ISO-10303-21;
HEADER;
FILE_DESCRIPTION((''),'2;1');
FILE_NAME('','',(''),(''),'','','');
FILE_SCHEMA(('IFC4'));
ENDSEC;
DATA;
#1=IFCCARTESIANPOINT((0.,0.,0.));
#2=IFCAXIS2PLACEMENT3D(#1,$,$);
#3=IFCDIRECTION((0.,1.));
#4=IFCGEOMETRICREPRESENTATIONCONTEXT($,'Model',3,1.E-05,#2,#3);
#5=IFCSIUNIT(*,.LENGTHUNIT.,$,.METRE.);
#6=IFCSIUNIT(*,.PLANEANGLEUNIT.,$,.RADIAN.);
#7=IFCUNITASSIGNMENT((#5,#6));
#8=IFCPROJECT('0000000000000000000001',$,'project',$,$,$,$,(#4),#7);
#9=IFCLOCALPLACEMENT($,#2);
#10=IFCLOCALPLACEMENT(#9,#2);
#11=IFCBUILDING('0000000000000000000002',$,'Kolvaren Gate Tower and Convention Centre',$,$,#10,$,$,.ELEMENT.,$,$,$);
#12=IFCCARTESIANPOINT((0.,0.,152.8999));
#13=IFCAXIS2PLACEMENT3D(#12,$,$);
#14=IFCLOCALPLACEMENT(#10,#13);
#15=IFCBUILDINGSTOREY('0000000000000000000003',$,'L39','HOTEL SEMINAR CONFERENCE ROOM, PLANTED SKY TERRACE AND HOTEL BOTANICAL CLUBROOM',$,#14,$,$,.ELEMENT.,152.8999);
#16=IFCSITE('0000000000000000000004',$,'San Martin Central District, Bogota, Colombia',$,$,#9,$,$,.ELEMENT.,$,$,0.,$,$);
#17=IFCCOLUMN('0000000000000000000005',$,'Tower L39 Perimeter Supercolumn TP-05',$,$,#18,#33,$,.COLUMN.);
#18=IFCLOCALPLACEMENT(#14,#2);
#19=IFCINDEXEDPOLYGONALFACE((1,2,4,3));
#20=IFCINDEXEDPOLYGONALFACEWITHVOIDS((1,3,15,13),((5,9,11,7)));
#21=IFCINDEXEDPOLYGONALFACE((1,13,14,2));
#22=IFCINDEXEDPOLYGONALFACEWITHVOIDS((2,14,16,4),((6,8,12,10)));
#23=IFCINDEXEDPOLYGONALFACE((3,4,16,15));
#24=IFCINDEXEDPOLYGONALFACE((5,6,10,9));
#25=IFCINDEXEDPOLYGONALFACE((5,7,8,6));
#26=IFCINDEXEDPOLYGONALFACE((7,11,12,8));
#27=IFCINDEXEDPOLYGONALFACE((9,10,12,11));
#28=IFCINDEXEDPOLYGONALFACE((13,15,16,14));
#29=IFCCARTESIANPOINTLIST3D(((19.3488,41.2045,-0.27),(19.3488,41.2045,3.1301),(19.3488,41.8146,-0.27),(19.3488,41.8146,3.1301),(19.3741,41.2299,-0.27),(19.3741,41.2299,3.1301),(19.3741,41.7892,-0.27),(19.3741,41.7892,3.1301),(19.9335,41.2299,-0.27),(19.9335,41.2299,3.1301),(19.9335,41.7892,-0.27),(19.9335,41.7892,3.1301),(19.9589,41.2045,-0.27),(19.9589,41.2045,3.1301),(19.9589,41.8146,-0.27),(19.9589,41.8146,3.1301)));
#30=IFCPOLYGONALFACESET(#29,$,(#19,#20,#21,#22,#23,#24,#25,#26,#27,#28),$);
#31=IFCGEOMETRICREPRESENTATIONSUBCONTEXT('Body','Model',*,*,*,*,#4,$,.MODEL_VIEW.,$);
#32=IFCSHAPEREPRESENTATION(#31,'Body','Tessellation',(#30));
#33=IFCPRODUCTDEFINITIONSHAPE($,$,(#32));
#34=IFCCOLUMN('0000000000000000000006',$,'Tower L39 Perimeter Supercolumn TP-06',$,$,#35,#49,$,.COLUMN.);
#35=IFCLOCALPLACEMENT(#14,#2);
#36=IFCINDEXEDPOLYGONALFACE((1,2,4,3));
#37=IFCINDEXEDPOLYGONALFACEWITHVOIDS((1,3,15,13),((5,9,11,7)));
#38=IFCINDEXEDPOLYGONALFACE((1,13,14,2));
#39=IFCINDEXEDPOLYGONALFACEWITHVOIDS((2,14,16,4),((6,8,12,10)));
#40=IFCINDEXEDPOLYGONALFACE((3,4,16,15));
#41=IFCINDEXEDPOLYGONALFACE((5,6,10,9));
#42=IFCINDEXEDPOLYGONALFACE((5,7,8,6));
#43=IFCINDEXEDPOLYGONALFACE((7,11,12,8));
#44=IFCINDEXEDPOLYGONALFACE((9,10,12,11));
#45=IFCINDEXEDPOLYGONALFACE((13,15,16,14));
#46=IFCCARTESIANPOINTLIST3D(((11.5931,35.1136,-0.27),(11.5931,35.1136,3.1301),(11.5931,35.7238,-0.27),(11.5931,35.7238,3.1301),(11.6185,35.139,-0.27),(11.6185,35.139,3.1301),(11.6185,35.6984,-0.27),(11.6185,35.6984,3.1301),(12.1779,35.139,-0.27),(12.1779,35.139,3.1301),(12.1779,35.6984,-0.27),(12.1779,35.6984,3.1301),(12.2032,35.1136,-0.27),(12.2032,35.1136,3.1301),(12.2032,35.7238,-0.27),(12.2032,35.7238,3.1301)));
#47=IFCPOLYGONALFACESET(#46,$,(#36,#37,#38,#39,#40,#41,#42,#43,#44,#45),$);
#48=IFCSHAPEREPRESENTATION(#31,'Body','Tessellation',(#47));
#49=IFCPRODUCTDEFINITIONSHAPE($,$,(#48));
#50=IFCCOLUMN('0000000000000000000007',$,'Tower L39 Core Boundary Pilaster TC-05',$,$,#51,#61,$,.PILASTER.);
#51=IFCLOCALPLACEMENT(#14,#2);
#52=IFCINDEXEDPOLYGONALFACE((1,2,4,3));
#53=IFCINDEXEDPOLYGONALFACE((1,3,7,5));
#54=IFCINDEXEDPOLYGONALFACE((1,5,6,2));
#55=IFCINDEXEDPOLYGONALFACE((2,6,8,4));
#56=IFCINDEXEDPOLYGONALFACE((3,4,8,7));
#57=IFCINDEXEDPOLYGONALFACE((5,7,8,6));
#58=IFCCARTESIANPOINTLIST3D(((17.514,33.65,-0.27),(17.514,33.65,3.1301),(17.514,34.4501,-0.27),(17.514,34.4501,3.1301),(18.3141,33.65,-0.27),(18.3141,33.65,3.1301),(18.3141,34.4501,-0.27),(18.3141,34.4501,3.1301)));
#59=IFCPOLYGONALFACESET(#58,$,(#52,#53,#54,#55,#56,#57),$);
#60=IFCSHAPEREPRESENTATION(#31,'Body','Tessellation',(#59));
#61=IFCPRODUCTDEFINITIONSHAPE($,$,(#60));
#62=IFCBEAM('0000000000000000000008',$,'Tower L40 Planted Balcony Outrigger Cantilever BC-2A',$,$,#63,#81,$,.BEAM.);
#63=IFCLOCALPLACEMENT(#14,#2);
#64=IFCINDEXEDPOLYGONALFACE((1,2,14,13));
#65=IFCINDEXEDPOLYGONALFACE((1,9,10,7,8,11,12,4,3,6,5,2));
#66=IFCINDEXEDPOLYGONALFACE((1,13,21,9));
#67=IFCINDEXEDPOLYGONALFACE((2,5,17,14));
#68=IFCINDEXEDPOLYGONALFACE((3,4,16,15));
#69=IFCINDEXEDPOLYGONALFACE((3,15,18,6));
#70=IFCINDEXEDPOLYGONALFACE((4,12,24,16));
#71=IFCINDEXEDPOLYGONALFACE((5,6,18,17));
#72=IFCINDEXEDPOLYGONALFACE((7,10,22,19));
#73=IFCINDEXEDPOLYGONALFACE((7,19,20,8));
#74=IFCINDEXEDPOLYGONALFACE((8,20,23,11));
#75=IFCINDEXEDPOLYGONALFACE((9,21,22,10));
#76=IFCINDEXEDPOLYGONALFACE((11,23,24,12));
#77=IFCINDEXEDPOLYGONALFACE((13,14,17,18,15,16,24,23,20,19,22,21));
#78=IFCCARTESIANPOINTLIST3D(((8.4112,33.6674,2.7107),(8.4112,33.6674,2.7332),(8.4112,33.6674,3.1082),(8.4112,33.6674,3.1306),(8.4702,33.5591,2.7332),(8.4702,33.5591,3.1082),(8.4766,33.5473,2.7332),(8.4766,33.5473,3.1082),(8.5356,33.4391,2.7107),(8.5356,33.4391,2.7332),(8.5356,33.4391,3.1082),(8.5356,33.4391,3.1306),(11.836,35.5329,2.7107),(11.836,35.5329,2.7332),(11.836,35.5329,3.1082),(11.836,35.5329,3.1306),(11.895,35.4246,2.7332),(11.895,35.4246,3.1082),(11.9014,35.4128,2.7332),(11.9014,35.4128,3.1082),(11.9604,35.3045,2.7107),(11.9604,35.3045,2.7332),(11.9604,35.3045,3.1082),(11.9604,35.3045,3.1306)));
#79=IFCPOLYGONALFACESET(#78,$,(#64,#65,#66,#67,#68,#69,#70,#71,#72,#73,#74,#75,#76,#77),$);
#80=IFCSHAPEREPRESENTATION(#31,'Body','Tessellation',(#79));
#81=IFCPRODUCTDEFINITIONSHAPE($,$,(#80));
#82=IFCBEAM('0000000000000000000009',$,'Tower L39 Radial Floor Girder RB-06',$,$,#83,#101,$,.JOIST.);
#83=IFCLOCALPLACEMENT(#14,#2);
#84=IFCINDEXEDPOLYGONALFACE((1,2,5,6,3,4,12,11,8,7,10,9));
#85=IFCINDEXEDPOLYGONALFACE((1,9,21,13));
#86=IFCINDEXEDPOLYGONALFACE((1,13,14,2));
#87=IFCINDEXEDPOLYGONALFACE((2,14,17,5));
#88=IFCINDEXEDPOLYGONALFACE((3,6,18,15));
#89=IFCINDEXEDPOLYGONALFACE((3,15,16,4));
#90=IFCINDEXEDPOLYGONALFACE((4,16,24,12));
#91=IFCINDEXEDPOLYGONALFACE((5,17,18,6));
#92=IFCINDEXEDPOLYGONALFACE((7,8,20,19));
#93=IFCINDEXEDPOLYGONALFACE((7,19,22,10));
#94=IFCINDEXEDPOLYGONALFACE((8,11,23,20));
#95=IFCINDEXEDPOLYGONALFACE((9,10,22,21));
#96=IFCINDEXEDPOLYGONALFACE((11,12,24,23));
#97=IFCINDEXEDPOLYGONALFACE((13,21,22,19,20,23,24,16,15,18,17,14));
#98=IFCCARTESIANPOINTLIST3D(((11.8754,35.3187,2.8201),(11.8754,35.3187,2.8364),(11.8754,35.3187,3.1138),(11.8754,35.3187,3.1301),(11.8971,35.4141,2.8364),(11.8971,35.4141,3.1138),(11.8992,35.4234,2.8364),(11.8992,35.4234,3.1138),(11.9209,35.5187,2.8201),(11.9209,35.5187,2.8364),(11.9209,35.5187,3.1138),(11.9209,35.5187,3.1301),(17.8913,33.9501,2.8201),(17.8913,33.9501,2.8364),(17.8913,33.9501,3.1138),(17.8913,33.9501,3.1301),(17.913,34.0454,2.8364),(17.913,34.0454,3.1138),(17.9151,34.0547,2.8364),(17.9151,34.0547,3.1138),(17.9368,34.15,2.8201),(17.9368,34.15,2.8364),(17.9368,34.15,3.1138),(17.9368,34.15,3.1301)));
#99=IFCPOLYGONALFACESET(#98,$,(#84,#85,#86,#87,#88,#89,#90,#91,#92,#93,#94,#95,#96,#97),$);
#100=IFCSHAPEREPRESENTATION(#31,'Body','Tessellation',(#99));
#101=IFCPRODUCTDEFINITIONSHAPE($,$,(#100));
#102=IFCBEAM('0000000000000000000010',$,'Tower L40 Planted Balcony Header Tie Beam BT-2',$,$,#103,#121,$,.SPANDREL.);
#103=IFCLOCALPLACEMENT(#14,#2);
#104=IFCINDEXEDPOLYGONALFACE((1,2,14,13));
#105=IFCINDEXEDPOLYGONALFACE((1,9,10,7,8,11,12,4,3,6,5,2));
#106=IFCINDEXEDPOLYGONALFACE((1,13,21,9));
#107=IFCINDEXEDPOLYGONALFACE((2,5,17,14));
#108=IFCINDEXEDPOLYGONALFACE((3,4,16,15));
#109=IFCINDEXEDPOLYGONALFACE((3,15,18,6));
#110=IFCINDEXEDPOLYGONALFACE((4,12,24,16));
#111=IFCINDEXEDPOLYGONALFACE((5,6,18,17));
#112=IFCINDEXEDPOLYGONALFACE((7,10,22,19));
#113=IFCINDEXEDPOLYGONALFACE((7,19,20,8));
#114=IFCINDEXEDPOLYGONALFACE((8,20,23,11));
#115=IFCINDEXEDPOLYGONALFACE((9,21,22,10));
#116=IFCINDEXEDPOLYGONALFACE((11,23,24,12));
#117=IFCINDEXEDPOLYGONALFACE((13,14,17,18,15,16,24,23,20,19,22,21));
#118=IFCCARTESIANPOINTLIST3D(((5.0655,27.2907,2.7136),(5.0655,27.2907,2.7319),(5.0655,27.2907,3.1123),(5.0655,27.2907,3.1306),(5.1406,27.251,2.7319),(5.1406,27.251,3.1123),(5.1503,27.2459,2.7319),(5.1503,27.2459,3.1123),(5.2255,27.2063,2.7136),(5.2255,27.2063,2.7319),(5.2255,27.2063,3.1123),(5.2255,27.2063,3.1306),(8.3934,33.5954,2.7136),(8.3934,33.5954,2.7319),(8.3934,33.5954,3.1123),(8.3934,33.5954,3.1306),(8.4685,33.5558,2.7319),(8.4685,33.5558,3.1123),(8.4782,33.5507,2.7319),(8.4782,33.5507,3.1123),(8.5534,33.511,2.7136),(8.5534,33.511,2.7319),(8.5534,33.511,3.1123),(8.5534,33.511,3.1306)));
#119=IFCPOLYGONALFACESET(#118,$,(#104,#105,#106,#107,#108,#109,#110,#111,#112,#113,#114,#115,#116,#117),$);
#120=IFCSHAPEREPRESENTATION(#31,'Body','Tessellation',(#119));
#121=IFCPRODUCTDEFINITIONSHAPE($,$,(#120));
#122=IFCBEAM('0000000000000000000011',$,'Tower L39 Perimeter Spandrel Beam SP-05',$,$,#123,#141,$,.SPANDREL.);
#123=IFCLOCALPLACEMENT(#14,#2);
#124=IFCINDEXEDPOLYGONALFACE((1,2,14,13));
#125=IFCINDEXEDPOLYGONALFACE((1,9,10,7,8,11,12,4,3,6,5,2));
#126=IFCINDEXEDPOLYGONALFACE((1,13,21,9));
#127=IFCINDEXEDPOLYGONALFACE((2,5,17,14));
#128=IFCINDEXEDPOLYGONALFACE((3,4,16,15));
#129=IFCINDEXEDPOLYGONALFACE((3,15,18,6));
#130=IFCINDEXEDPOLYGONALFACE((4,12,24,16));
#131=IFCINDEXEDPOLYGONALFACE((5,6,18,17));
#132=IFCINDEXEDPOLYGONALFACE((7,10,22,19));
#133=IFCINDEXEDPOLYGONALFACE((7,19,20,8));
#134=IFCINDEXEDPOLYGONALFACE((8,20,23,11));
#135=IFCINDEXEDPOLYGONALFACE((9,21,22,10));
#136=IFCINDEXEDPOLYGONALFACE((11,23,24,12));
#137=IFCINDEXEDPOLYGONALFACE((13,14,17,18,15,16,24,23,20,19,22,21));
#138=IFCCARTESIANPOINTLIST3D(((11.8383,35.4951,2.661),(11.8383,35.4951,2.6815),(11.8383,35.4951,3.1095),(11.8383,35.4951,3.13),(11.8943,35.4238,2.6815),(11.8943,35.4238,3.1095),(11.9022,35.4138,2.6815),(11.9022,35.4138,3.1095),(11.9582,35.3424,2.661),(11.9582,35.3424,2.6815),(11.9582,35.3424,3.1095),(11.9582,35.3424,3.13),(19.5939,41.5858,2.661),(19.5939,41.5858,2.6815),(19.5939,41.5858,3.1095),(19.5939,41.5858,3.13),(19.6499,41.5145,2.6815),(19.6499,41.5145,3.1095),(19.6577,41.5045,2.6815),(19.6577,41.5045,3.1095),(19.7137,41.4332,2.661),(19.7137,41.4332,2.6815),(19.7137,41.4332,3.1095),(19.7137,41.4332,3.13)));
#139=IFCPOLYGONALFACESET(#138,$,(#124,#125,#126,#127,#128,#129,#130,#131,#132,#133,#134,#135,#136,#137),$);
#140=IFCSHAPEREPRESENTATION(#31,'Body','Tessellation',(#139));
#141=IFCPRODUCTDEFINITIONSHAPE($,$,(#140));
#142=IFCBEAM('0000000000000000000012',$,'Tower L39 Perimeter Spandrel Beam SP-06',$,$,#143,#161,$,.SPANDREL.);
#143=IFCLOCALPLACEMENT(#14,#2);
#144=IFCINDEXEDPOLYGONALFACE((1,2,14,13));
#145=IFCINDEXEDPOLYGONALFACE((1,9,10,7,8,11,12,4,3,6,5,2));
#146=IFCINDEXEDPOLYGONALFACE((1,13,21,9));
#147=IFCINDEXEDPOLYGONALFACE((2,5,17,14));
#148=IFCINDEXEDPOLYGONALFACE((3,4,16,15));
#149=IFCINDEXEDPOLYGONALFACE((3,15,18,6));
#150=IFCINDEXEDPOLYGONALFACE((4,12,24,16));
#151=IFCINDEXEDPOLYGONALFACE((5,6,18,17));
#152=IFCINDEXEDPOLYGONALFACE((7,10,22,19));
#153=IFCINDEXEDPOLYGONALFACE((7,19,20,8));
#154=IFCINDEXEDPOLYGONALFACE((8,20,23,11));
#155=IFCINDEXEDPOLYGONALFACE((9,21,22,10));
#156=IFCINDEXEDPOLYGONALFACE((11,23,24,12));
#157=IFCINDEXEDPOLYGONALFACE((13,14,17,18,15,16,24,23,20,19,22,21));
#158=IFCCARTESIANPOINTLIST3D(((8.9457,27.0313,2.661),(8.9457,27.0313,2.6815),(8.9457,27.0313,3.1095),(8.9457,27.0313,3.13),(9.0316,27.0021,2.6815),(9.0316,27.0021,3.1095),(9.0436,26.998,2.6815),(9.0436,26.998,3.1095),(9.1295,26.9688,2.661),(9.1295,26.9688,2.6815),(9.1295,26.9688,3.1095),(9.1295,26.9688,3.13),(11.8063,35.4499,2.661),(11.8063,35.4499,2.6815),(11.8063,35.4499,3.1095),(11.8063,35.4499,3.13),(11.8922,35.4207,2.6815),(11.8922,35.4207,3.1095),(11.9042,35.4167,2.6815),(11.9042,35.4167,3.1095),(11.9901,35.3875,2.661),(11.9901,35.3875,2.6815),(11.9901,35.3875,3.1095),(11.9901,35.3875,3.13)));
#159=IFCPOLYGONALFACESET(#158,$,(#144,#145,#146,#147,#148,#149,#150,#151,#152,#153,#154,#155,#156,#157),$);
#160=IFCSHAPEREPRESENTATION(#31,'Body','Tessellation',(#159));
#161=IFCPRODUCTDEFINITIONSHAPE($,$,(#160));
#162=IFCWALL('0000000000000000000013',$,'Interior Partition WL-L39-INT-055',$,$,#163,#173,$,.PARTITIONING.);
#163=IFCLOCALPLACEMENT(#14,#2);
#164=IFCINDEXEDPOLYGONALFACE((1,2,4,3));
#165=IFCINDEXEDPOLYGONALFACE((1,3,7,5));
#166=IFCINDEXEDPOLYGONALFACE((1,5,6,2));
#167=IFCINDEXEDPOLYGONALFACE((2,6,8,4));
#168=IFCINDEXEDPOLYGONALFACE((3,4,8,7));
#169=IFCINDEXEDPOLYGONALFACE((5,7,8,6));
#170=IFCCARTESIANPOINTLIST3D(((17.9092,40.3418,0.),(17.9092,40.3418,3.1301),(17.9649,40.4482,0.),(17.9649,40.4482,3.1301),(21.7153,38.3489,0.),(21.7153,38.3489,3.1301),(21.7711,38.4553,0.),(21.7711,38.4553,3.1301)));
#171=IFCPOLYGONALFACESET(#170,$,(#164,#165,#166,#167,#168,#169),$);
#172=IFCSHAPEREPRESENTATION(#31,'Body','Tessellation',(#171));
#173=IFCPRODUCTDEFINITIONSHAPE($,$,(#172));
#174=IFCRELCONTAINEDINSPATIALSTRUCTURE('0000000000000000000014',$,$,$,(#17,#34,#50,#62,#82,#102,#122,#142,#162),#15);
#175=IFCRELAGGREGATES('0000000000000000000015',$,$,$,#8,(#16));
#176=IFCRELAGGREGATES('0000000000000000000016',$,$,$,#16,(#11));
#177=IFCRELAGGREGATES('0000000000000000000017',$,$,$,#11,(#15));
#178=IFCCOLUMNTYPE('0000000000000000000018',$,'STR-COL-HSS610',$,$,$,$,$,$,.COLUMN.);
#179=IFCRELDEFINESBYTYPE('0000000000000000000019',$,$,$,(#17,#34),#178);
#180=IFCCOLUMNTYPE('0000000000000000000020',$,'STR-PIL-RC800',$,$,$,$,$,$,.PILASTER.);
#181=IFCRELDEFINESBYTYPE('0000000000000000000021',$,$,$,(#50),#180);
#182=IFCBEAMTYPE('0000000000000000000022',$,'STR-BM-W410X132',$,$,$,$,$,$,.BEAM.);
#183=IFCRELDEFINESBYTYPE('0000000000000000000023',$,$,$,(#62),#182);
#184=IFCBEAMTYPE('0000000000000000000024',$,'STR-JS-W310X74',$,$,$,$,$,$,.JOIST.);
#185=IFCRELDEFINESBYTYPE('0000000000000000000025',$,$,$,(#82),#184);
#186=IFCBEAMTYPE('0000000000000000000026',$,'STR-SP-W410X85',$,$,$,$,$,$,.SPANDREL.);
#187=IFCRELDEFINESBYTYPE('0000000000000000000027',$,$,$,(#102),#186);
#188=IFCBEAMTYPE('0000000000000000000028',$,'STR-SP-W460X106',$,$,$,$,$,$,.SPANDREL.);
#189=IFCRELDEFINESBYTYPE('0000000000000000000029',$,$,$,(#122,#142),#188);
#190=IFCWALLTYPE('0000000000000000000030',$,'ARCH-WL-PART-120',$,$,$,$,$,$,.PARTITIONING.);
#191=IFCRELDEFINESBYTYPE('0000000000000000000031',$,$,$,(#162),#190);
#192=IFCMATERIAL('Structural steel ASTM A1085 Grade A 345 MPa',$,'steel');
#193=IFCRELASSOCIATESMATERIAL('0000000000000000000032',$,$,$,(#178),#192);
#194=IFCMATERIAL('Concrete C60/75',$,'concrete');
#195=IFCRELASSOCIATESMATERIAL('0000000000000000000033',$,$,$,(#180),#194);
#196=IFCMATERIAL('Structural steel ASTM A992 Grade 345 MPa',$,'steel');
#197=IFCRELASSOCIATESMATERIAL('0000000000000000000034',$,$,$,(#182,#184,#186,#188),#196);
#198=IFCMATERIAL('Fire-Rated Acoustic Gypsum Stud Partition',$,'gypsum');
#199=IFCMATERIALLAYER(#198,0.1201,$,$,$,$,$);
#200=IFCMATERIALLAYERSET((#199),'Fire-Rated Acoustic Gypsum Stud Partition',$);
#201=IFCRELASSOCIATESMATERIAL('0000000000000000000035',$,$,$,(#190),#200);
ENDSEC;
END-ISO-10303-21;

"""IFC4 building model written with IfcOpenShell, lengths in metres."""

from ifc_helpers import new_model, si_unit, direction, frame, frame_2d, origin, origin_2d, place, context, subcontext, project, spatial, rectangle, hollow_rectangle, i_section, extrude, material, layer, layer_set, material_profile, profile_set, type_object, element, save


model = new_model("IFC4")

# Units and contexts
model_context = context("Model", 3, precision=1e-05, world=origin(), true_north=direction((0.0, 1.0)))
body_context = subcontext(model_context, "Body", "Model", "MODEL_VIEW")
ifc_project = project(units=[si_unit("LENGTHUNIT", "METRE"), si_unit("PLANEANGLEUNIT", "RADIAN")], contexts=[model_context])

# Site, building, storey
site_placement = place(None, origin())
site = spatial("IfcSite", under=ifc_project, at=site_placement, Name="San Martin Central District, Bogota, Colombia", CompositionType="ELEMENT", RefElevation=0.0)
building_placement = place(site_placement, origin())
building = spatial("IfcBuilding", under=site, at=building_placement, Name="Kolvaren Gate Tower and Convention Centre", CompositionType="ELEMENT")
storey_placement = place(building_placement, frame((0.0, 0.0, 152.8999)))
storey = spatial("IfcBuildingStorey", under=building, at=storey_placement, Name="L39", Description="HOTEL SEMINAR CONFERENCE ROOM, PLANTED SKY TERRACE AND HOTEL BOTANICAL CLUBROOM", CompositionType="ELEMENT", Elevation=152.8999)

# Columns
ifc_material_1 = material(Name="Structural steel ASTM A1085 Grade A 345 MPa", Category="steel")
ifc_material_profile_1 = material_profile(ifc_material_1, hollow_rectangle(XDim=0.6101, YDim=0.6101, WallThickness=0.0254, at=origin_2d()), Name="HSS610X610X25.4")
ifc_profile_set_1 = profile_set([ifc_material_profile_1], Name="Structural steel ASTM A1085 Grade A 345 MPa")
column_type_1 = type_object("IfcColumnType", Name="STR-COL-HSS610", PredefinedType="COLUMN", material=ifc_profile_set_1)
for number, where, z_axis, x_axis, name in (
    (1, (19.6538, 41.5095, -0.27), (0.0, 0.0, 1.0), (1.0, 0.0, 0.0), "Tower L39 Perimeter Supercolumn TP-05"),
    (2, (11.8982, 35.4187, -0.27), (0.0, 0.0, 1.0), (1.0, 0.0, 0.0), "Tower L39 Perimeter Supercolumn TP-06"),
):
    element("IfcColumn", number, at=place(storey_placement, frame(where, z_axis=z_axis, x_axis=x_axis)), inside=storey, type_object=column_type_1, Name=name, PredefinedType="COLUMN", context=body_context, shape_type="SweptSolid", body=[
        extrude(hollow_rectangle(XDim=0.6101, YDim=0.6101, WallThickness=0.0254, at=origin_2d()), origin(), (0.0, 0.0, 1.0), 3.4001),
    ])
ifc_material_2 = material(Name="Concrete C60/75", Category="concrete")
ifc_material_profile_2 = material_profile(ifc_material_2, rectangle(XDim=0.8, YDim=0.8, at=origin_2d()), Name="RC-COL-800X800")
ifc_profile_set_2 = profile_set([ifc_material_profile_2], Name="Concrete C60/75")
column_type_2 = type_object("IfcColumnType", Name="STR-PIL-RC800", PredefinedType="PILASTER", material=ifc_profile_set_2)
column_placement = place(storey_placement, frame((17.9141, 34.05, -0.27), z_axis=(0.0, 0.0, 1.0), x_axis=(1.0, 0.0, 0.0)))
element("IfcColumn", 3, at=column_placement, inside=storey, type_object=column_type_2, Name="Tower L39 Core Boundary Pilaster TC-05", PredefinedType="PILASTER", context=body_context, shape_type="SweptSolid", body=[
    extrude(rectangle(XDim=0.8, YDim=0.8, at=origin_2d()), origin(), (0.0, 0.0, 1.0), 3.4001),
])

# Beams
ifc_material_3 = material(Name="Structural steel ASTM A992 Grade 345 MPa", Category="steel")
ifc_material_profile_3 = material_profile(ifc_material_3, i_section(OverallWidth=0.26, OverallDepth=0.4199, WebThickness=0.0134, FlangeThickness=0.0225, at=origin_2d()), Name="W410X132")
ifc_profile_set_3 = profile_set([ifc_material_profile_3], Name="Structural steel ASTM A992 Grade 345 MPa")
beam_type_1 = type_object("IfcBeamType", Name="STR-BM-W410X132", PredefinedType="BEAM", material=ifc_profile_set_3)
beam_1_placement = place(storey_placement, frame((11.8982, 35.4187, 2.9207), z_axis=(-0.878175, -0.478339, 0.0), x_axis=(0.478339, -0.878175, 0.0)))
element("IfcBeam", 4, at=beam_1_placement, inside=storey, type_object=beam_type_1, Name="Tower L40 Planted Balcony Outrigger Cantilever BC-2A", PredefinedType="BEAM", context=body_context, shape_type="SweptSolid", body=[
    extrude(i_section(OverallWidth=0.26, OverallDepth=0.4199, WebThickness=0.0134, FlangeThickness=0.0225, at=origin_2d()), origin(), (0.0, 0.0, 1.0), 3.8999),
])
ifc_material_profile_4 = material_profile(ifc_material_3, i_section(OverallWidth=0.2051, OverallDepth=0.3101, WebThickness=0.0095, FlangeThickness=0.0164, at=origin_2d()), Name="W310X74")
ifc_profile_set_4 = profile_set([ifc_material_profile_4], Name="Structural steel ASTM A992 Grade 345 MPa")
beam_type_2 = type_object("IfcBeamType", Name="STR-JS-W310X74", PredefinedType="JOIST", material=ifc_profile_set_4)
beam_2_placement = place(storey_placement, frame((17.9141, 34.05, 2.9751), z_axis=(-0.975083, 0.221838, 0.0), x_axis=(-0.221838, -0.975083, 0.0)))
element("IfcBeam", 5, at=beam_2_placement, inside=storey, type_object=beam_type_2, Name="Tower L39 Radial Floor Girder RB-06", PredefinedType="JOIST", context=body_context, shape_type="SweptSolid", body=[
    extrude(i_section(OverallWidth=0.2051, OverallDepth=0.3101, WebThickness=0.0095, FlangeThickness=0.0164, at=origin_2d()), origin(), (0.0, 0.0, 1.0), 6.1697),
])
ifc_material_profile_5 = material_profile(ifc_material_3, i_section(OverallWidth=0.1809, OverallDepth=0.417, WebThickness=0.011, FlangeThickness=0.0183, at=origin_2d()), Name="W410X85")
ifc_profile_set_5 = profile_set([ifc_material_profile_5], Name="Structural steel ASTM A992 Grade 345 MPa")
beam_type_3 = type_object("IfcBeamType", Name="STR-SP-W410X85", PredefinedType="SPANDREL", material=ifc_profile_set_5)
beam_3_placement = place(storey_placement, frame((8.4734, 33.5532, 2.9221), z_axis=(-0.466803, -0.884361, 0.0), x_axis=(0.884361, -0.466803, 0.0)))
element("IfcBeam", 6, at=beam_3_placement, inside=storey, type_object=beam_type_3, Name="Tower L40 Planted Balcony Header Tie Beam BT-2", PredefinedType="SPANDREL", context=body_context, shape_type="SweptSolid", body=[
    extrude(i_section(OverallWidth=0.1809, OverallDepth=0.417, WebThickness=0.011, FlangeThickness=0.0183, at=origin_2d()), origin(), (0.0, 0.0, 1.0), 7.1292),
])
ifc_material_profile_6 = material_profile(ifc_material_3, i_section(OverallWidth=0.1941, OverallDepth=0.469, WebThickness=0.0127, FlangeThickness=0.0205, at=origin_2d()), Name="W460X106")
ifc_profile_set_6 = profile_set([ifc_material_profile_6], Name="Structural steel ASTM A992 Grade 345 MPa")
beam_type_4 = type_object("IfcBeamType", Name="STR-SP-W460X106", PredefinedType="SPANDREL", material=ifc_profile_set_6)
beam_4_placement = place(storey_placement, frame((19.6538, 41.5095, 2.8955), z_axis=(-0.78646, -0.617641, 0.0), x_axis=(0.617641, -0.78646, 0.0)))
element("IfcBeam", 7, at=beam_4_placement, inside=storey, type_object=beam_type_4, Name="Tower L39 Perimeter Spandrel Beam SP-05", PredefinedType="SPANDREL", context=body_context, shape_type="SweptSolid", body=[
    extrude(i_section(OverallWidth=0.1941, OverallDepth=0.469, WebThickness=0.0127, FlangeThickness=0.0205, at=origin_2d()), origin(), (0.0, 0.0, 1.0), 9.8613),
])
beam_5_placement = place(storey_placement, frame((11.8982, 35.4187, 2.8955), z_axis=(-0.321725, -0.946833, 0.0), x_axis=(0.946833, -0.321725, 0.0)))
element("IfcBeam", 8, at=beam_5_placement, inside=storey, type_object=beam_type_4, Name="Tower L39 Perimeter Spandrel Beam SP-06", PredefinedType="SPANDREL", context=body_context, shape_type="SweptSolid", body=[
    extrude(i_section(OverallWidth=0.1941, OverallDepth=0.469, WebThickness=0.0127, FlangeThickness=0.0205, at=origin_2d()), origin(), (0.0, 0.0, 1.0), 8.8914),
])

# Wall
ifc_material_4 = material(Name="Fire-Rated Acoustic Gypsum Stud Partition", Category="gypsum")
ifc_layer_1 = layer(ifc_material_4, 0.1201)
ifc_layer_set_1 = layer_set([ifc_layer_1], Name="Fire-Rated Acoustic Gypsum Stud Partition")
wall_type_1 = type_object("IfcWallType", Name="ARCH-WL-PART-120", PredefinedType="PARTITIONING", material=ifc_layer_set_1)
wall_1_placement = place(storey_placement, frame((17.937, 40.395, 0.0), z_axis=(0.0, 0.0, 1.0), x_axis=(0.885906, -0.463865, 0.0)))
element("IfcWall", 9, at=wall_1_placement, inside=storey, type_object=wall_type_1, Name="Interior Partition WL-L39-INT-055", PredefinedType="PARTITIONING", context=body_context, shape_type="SweptSolid", body=[
    extrude(rectangle(XDim=4.2964, YDim=0.1201, at=frame_2d((2.1482, 0.0))), origin(), (0.0, 0.0, 1.0), 3.1301),
])

save(model, "model.ifc")
